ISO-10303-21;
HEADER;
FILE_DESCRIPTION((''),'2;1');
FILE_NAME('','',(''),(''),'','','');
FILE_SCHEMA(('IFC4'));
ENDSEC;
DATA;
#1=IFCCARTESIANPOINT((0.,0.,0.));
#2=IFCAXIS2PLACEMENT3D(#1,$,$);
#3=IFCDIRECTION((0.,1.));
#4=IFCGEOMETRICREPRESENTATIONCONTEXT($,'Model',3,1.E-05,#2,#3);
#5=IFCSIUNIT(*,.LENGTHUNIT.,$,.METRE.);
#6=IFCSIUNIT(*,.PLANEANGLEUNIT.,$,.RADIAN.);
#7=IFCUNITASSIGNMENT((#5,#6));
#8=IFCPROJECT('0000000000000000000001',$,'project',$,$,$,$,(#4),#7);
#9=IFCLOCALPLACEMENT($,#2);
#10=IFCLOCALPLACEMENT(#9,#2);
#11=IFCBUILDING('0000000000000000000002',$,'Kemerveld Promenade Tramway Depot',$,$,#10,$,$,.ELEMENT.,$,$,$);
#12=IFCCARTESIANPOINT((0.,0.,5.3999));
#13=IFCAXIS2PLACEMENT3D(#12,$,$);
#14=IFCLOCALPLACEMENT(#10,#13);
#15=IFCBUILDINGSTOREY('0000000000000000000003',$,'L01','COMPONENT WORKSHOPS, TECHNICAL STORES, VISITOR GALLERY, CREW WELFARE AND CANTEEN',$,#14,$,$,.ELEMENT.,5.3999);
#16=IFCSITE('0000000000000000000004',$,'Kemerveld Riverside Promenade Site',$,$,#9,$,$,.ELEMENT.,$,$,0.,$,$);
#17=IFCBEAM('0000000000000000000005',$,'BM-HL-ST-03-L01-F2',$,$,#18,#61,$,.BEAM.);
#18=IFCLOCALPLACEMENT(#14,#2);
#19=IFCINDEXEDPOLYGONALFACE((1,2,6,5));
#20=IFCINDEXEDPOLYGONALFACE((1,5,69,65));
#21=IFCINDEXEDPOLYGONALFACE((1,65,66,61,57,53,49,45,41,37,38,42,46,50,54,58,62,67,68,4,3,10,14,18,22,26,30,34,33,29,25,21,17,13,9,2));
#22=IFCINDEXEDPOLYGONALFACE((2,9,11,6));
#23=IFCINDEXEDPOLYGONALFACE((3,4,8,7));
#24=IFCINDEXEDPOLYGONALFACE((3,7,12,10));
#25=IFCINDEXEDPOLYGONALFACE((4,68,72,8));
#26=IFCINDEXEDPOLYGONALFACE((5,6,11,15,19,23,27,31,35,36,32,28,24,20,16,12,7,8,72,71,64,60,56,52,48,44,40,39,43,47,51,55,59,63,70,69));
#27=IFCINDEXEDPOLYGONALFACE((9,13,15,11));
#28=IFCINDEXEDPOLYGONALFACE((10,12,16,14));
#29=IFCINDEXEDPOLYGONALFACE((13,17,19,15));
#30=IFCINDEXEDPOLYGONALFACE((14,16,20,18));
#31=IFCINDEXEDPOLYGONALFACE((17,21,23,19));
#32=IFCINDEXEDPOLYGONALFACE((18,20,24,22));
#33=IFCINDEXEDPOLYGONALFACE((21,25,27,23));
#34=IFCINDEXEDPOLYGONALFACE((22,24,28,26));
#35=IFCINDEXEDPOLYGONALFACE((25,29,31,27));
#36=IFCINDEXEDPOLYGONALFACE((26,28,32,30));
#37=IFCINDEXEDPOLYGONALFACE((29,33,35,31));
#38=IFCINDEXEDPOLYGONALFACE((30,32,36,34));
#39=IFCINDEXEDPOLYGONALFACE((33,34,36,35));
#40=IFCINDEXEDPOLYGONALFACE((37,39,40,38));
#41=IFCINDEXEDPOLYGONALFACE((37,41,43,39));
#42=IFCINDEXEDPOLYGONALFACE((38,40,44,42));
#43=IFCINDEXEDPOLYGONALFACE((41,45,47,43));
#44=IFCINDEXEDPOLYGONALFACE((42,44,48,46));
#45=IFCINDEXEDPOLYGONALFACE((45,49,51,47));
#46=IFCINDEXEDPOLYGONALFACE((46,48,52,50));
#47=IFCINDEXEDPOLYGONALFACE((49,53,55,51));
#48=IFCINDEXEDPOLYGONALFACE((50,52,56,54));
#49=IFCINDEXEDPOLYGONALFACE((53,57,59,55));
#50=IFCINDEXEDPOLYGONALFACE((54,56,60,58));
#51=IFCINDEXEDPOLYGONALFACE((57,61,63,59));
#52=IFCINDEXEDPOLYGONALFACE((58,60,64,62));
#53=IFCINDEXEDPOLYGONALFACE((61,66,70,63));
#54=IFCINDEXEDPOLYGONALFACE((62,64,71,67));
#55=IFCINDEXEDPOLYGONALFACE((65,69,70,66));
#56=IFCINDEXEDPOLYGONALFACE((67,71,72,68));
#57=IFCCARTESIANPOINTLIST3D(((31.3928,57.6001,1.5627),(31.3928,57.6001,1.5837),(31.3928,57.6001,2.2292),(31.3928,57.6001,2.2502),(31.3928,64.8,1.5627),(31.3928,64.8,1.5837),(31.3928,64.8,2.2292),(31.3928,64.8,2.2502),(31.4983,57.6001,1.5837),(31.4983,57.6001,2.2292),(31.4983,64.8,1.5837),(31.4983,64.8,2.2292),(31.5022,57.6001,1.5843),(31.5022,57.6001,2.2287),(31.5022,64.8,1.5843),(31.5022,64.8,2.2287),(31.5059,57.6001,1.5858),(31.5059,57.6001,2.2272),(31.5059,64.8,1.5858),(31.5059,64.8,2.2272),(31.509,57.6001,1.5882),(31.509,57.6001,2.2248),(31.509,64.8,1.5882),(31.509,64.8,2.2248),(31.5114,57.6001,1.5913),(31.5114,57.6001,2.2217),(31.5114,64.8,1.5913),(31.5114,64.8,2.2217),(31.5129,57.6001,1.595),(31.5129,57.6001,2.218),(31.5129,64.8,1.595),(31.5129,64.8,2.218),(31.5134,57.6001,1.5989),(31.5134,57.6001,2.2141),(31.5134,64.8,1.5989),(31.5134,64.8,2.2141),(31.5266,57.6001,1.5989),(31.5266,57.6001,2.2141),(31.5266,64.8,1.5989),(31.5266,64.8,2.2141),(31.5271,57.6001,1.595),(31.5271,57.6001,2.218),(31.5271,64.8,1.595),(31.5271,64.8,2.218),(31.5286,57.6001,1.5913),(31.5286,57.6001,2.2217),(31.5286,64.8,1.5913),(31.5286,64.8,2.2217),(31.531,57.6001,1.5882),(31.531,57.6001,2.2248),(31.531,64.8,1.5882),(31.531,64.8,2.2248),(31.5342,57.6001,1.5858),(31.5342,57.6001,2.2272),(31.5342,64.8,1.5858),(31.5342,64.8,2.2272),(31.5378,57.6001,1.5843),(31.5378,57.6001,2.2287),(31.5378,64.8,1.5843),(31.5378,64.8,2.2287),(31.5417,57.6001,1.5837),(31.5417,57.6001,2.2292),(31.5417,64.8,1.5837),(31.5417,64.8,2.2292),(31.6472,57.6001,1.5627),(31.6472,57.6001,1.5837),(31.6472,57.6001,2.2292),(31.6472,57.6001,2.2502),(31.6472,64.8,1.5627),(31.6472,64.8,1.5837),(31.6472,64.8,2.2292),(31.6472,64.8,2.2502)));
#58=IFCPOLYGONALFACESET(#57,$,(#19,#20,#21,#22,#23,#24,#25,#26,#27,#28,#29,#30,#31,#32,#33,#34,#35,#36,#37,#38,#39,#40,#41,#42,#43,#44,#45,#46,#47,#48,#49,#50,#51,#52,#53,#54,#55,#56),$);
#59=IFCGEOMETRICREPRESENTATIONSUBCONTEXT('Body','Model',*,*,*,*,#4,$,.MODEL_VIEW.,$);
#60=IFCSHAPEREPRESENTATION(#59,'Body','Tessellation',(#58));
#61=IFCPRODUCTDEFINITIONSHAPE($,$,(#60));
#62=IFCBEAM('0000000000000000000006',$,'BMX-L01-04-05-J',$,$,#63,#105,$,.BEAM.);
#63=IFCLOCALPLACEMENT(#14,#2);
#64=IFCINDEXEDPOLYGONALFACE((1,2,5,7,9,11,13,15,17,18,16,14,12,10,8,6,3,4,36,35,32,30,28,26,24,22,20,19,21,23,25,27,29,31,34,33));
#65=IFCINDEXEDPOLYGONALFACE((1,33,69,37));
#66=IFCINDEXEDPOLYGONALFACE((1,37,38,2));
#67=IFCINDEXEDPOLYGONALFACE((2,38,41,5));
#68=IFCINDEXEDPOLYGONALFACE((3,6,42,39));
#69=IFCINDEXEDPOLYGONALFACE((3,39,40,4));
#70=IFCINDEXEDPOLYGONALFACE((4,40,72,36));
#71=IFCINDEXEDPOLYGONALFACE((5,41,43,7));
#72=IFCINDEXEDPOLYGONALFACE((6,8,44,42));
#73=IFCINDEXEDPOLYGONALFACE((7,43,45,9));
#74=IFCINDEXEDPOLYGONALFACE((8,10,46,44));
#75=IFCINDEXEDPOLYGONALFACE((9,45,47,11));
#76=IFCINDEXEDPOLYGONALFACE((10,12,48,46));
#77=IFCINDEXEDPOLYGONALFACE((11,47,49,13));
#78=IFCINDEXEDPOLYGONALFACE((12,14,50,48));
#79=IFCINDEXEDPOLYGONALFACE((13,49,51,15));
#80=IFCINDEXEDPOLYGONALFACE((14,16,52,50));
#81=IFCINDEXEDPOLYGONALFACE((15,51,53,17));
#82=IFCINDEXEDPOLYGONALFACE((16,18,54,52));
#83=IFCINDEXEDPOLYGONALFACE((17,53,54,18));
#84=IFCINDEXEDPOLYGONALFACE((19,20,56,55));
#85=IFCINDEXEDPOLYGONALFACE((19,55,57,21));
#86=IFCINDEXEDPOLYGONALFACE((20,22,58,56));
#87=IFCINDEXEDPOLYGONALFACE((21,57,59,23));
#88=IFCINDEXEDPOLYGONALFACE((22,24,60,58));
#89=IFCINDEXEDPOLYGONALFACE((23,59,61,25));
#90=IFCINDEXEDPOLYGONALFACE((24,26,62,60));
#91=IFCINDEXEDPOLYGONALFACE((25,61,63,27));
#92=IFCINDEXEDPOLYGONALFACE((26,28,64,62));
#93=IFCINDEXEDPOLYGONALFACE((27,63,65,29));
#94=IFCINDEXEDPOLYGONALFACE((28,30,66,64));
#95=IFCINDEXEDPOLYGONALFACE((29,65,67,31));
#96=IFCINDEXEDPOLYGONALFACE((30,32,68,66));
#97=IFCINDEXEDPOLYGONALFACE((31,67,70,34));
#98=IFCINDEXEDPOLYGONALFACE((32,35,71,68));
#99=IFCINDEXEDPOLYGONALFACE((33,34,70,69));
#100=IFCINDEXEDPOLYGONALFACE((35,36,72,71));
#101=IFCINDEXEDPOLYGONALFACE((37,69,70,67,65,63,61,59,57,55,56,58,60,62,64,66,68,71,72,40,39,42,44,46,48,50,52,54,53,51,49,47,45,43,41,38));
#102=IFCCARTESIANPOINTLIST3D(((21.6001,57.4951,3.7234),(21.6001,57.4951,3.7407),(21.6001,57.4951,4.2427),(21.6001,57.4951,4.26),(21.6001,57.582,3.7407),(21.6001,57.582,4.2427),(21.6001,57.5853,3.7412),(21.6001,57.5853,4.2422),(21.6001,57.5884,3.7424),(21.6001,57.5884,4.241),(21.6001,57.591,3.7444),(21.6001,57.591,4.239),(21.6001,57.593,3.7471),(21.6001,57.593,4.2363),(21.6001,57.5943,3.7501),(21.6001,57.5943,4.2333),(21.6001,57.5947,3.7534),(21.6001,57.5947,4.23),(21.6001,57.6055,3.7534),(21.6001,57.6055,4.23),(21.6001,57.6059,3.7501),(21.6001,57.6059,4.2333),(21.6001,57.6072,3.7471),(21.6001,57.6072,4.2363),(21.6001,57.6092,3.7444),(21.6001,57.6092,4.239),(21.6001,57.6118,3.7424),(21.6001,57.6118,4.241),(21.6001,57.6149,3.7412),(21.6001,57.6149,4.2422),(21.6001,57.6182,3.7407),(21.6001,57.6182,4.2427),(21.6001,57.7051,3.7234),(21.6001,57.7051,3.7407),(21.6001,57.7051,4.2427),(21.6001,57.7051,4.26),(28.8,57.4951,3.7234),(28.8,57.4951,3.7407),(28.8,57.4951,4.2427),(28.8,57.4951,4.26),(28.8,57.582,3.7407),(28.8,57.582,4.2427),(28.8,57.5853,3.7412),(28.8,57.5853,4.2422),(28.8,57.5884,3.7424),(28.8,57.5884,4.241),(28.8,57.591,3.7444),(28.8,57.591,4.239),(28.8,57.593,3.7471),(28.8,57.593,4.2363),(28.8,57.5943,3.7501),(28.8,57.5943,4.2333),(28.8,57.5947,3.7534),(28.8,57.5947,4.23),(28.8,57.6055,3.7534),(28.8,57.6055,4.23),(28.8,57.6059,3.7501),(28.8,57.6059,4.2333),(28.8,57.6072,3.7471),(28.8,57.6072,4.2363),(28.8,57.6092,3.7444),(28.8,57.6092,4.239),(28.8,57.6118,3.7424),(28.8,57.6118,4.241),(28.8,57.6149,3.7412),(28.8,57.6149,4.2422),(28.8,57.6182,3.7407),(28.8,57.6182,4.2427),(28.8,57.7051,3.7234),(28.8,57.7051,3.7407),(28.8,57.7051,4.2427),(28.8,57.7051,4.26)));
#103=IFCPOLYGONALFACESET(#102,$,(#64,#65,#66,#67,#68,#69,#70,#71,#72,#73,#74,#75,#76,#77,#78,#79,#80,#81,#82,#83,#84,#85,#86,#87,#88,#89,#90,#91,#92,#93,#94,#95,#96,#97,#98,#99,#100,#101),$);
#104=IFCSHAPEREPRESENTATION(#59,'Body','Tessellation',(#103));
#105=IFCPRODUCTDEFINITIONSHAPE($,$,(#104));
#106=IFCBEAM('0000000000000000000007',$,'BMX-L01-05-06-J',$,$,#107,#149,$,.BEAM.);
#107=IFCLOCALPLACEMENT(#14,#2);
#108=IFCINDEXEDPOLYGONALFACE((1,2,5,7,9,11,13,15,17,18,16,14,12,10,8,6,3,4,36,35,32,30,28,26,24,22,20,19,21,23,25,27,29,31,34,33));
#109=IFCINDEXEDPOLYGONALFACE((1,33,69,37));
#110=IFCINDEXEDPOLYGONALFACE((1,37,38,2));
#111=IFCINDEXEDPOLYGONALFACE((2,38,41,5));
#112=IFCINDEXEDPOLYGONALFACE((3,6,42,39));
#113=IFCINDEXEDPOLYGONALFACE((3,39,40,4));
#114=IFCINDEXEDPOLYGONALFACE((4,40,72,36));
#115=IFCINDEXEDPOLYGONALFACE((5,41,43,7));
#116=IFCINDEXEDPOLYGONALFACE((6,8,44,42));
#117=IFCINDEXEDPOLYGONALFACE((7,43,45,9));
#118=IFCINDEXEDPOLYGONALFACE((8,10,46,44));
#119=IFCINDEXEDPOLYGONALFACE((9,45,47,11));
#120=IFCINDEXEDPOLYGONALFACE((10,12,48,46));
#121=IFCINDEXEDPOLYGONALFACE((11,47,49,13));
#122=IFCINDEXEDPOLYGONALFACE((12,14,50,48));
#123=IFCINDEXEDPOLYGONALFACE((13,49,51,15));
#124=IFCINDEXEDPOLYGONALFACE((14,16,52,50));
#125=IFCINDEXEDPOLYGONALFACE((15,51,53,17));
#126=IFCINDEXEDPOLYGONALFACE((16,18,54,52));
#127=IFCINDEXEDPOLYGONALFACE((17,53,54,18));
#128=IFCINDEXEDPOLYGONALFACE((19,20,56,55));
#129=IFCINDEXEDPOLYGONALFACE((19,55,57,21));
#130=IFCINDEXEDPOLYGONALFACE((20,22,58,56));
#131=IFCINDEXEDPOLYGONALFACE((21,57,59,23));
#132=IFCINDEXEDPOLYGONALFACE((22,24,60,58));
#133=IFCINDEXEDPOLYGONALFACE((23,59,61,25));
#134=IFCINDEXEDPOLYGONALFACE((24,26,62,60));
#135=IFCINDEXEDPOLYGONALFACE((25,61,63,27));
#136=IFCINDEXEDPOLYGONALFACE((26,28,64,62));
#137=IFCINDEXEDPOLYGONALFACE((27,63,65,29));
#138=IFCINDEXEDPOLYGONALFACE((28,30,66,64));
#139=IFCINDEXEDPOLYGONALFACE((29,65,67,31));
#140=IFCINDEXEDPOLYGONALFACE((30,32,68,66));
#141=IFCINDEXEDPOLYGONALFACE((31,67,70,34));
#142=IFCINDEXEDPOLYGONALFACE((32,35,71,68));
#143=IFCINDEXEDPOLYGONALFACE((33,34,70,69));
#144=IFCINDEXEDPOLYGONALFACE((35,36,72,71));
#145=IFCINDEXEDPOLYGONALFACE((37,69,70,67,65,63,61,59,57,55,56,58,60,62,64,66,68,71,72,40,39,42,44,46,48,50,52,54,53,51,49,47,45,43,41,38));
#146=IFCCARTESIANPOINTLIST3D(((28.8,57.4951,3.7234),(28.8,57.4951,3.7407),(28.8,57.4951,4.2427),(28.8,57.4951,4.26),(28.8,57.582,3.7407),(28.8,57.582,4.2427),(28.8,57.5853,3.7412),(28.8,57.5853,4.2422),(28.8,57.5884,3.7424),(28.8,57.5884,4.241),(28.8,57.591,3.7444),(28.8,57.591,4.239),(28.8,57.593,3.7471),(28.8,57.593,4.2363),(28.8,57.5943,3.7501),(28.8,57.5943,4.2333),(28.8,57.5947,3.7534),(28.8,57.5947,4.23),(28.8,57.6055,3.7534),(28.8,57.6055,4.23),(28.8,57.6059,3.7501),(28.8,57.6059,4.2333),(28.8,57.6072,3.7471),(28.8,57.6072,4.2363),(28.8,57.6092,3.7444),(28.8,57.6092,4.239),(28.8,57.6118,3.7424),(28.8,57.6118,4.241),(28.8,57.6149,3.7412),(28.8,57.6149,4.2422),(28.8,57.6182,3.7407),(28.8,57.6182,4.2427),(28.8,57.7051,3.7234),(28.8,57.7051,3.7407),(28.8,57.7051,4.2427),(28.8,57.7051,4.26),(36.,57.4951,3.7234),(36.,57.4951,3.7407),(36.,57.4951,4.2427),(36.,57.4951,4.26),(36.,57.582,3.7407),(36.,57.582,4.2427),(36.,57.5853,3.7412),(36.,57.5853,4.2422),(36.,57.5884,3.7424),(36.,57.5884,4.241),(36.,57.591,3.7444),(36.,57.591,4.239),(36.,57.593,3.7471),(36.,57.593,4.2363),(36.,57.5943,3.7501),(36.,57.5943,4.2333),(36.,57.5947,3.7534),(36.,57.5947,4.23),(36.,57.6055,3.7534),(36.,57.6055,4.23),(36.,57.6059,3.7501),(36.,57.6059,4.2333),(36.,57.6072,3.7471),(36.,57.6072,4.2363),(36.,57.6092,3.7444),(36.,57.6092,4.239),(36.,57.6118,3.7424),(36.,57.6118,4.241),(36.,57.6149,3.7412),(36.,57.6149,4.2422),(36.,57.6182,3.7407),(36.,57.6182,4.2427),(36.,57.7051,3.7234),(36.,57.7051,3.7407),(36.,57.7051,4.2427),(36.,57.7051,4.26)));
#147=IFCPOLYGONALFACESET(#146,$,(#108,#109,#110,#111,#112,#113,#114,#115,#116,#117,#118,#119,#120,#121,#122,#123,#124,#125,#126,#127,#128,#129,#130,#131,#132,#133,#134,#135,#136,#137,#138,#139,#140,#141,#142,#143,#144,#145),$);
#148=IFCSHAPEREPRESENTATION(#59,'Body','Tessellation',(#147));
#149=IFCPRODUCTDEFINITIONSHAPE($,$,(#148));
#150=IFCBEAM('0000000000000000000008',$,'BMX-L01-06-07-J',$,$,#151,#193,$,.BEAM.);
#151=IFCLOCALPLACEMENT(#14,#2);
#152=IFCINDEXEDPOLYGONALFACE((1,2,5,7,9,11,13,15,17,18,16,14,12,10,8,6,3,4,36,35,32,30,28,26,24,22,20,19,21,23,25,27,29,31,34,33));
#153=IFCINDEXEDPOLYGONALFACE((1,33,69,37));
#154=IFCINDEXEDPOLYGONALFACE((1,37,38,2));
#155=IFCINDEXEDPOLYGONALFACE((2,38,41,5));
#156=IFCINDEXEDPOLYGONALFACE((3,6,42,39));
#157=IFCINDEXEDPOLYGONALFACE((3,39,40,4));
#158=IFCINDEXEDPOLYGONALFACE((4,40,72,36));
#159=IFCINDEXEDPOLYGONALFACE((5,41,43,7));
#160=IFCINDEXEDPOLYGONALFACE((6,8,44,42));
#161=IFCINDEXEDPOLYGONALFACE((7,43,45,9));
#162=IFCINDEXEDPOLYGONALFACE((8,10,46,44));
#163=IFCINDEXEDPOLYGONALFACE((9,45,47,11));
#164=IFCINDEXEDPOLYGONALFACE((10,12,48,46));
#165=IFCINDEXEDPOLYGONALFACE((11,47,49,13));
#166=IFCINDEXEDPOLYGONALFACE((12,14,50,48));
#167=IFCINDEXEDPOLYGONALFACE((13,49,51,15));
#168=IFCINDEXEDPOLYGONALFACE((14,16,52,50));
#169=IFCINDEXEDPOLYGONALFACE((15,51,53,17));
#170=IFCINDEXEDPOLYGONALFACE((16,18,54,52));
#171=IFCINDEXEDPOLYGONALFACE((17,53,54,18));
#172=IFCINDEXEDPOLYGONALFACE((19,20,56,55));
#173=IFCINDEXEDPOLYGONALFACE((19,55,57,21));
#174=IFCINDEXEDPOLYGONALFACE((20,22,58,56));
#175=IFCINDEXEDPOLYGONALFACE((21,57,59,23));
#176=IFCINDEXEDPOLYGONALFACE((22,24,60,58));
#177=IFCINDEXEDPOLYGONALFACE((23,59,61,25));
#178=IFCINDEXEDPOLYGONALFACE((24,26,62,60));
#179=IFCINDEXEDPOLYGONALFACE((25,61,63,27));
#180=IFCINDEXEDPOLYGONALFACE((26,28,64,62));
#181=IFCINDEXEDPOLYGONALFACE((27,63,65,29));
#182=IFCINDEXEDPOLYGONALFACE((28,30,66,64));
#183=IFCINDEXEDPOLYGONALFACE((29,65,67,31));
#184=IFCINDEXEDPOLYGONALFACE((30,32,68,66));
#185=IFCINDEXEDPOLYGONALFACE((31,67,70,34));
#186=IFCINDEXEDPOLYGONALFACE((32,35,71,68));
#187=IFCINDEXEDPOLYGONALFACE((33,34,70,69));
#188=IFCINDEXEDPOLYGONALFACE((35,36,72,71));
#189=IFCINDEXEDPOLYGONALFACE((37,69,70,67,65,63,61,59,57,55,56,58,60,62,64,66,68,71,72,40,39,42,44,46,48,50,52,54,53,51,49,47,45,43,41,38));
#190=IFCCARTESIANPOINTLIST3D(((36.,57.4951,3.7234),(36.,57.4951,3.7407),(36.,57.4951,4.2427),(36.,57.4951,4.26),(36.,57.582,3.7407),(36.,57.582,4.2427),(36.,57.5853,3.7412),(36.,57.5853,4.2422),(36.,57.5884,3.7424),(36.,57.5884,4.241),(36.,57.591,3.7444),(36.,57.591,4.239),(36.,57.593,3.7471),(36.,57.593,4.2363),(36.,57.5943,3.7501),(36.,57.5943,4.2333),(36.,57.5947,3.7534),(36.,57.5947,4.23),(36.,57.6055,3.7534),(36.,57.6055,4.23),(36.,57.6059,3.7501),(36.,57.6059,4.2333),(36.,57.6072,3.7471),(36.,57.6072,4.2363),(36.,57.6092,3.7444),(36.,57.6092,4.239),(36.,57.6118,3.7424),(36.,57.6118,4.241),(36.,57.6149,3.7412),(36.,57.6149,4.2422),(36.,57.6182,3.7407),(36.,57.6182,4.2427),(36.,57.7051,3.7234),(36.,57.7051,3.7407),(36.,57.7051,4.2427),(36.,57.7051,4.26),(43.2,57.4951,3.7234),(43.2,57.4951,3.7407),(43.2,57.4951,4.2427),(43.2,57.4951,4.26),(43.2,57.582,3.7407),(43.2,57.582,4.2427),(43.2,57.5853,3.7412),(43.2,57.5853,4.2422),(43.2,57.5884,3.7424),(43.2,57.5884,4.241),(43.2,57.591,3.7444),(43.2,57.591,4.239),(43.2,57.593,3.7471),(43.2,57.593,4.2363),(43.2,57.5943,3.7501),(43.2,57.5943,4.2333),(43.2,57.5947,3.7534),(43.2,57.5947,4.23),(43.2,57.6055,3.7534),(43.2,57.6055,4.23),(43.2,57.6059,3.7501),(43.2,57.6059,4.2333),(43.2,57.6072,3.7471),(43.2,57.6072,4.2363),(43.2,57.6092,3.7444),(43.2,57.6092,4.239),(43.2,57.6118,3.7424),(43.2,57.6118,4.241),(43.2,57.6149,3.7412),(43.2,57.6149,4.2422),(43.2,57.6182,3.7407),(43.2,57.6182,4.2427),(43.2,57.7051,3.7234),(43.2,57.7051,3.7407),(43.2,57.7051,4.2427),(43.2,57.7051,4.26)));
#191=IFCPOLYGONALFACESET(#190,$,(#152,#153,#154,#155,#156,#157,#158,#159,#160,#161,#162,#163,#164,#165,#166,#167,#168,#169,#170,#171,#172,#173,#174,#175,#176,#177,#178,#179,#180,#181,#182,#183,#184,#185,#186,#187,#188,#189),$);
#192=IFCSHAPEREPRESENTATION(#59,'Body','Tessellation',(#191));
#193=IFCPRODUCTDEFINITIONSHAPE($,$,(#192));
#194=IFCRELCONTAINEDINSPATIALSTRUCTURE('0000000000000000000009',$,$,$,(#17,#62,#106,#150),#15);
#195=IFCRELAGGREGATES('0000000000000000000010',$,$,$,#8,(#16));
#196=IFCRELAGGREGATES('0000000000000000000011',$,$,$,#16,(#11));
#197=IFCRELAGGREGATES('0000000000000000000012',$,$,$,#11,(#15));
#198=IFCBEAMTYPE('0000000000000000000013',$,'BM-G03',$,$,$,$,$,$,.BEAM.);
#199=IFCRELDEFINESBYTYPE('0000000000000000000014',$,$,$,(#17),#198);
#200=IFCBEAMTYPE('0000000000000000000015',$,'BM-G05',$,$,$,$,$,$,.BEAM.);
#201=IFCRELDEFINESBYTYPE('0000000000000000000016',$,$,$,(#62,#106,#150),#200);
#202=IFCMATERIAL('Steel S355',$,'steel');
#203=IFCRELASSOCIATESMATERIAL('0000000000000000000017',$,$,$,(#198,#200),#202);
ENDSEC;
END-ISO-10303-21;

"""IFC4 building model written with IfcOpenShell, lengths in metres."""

from ifc_helpers import new_model, si_unit, direction, frame, origin, origin_2d, place, context, subcontext, project, spatial, i_section, extrude, material, material_profile, profile_set, type_object, element, save


model = new_model("IFC4")

# Units and contexts
model_context = context("Model", 3, precision=1e-05, world=origin(), true_north=direction((0.0, 1.0)))
body_context = subcontext(model_context, "Body", "Model", "MODEL_VIEW")
ifc_project = project(units=[si_unit("LENGTHUNIT", "METRE"), si_unit("PLANEANGLEUNIT", "RADIAN")], contexts=[model_context])

# Site, building, storey
site_placement = place(None, origin())
site = spatial("IfcSite", under=ifc_project, at=site_placement, Name="Kemerveld Riverside Promenade Site", CompositionType="ELEMENT", RefElevation=0.0)
building_placement = place(site_placement, origin())
building = spatial("IfcBuilding", under=site, at=building_placement, Name="Kemerveld Promenade Tramway Depot", CompositionType="ELEMENT")
storey_placement = place(building_placement, frame((0.0, 0.0, 5.3999)))
storey = spatial("IfcBuildingStorey", under=building, at=storey_placement, Name="L01", Description="COMPONENT WORKSHOPS, TECHNICAL STORES, VISITOR GALLERY, CREW WELFARE AND CANTEEN", CompositionType="ELEMENT", Elevation=5.3999)

# Shared definitions
ifc_material_1 = material(Name="Steel S355", Category="steel")

# Beams
ifc_material_profile_1 = material_profile(ifc_material_1, i_section(OverallWidth=0.2544, OverallDepth=0.6875, WebThickness=0.0132, FlangeThickness=0.021, FilletRadius=0.0151, at=origin_2d()), Name="686x254x152 UB")
ifc_profile_set_1 = profile_set([ifc_material_profile_1], Name="Steel S355")
beam_type_1 = type_object("IfcBeamType", Name="BM-G03", PredefinedType="BEAM", material=ifc_profile_set_1)
for number, where, z_axis, x_axis, name in (
    (1, (31.52, 57.6001, 1.9065), (0.0, 1.0, 0.0), (-1.0, 0.0, 0.0), "BM-HL-ST-03-L01-F2"),
):
    element("IfcBeam", number, at=place(storey_placement, frame(where, z_axis=z_axis, x_axis=x_axis)), inside=storey, type_object=beam_type_1, Name=name, PredefinedType="BEAM", context=body_context, shape_type="SweptSolid", body=[
        extrude(i_section(OverallWidth=0.2544, OverallDepth=0.6875, WebThickness=0.0132, FlangeThickness=0.021, FilletRadius=0.0151, at=origin_2d()), origin(), (0.0, 0.0, 1.0), 7.2),
    ])
ifc_material_profile_2 = material_profile(ifc_material_1, i_section(OverallWidth=0.21, OverallDepth=0.5366, WebThickness=0.0107, FlangeThickness=0.0173, FilletRadius=0.0127, at=origin_2d()), Name="533x210x101 UB")
ifc_profile_set_2 = profile_set([ifc_material_profile_2], Name="Steel S355")
beam_type_2 = type_object("IfcBeamType", Name="BM-G05", PredefinedType="BEAM", material=ifc_profile_set_2)
for number, where, z_axis, x_axis, name in (
    (2, (21.6001, 57.6001, 3.9917), (1.0, 0.0, 0.0), (0.0, 1.0, 0.0), "BMX-L01-04-05-J"),
    (3, (28.8, 57.6001, 3.9917), (1.0, 0.0, 0.0), (0.0, 1.0, 0.0), "BMX-L01-05-06-J"),
    (4, (36.0, 57.6001, 3.9917), (1.0, 0.0, 0.0), (0.0, 1.0, 0.0), "BMX-L01-06-07-J"),
):
    element("IfcBeam", number, at=place(storey_placement, frame(where, z_axis=z_axis, x_axis=x_axis)), inside=storey, type_object=beam_type_2, Name=name, PredefinedType="BEAM", context=body_context, shape_type="SweptSolid", body=[
        extrude(i_section(OverallWidth=0.21, OverallDepth=0.5366, WebThickness=0.0107, FlangeThickness=0.0173, FilletRadius=0.0127, at=origin_2d()), origin(), (0.0, 0.0, 1.0), 7.2),
    ])

save(model, "model.ifc")
